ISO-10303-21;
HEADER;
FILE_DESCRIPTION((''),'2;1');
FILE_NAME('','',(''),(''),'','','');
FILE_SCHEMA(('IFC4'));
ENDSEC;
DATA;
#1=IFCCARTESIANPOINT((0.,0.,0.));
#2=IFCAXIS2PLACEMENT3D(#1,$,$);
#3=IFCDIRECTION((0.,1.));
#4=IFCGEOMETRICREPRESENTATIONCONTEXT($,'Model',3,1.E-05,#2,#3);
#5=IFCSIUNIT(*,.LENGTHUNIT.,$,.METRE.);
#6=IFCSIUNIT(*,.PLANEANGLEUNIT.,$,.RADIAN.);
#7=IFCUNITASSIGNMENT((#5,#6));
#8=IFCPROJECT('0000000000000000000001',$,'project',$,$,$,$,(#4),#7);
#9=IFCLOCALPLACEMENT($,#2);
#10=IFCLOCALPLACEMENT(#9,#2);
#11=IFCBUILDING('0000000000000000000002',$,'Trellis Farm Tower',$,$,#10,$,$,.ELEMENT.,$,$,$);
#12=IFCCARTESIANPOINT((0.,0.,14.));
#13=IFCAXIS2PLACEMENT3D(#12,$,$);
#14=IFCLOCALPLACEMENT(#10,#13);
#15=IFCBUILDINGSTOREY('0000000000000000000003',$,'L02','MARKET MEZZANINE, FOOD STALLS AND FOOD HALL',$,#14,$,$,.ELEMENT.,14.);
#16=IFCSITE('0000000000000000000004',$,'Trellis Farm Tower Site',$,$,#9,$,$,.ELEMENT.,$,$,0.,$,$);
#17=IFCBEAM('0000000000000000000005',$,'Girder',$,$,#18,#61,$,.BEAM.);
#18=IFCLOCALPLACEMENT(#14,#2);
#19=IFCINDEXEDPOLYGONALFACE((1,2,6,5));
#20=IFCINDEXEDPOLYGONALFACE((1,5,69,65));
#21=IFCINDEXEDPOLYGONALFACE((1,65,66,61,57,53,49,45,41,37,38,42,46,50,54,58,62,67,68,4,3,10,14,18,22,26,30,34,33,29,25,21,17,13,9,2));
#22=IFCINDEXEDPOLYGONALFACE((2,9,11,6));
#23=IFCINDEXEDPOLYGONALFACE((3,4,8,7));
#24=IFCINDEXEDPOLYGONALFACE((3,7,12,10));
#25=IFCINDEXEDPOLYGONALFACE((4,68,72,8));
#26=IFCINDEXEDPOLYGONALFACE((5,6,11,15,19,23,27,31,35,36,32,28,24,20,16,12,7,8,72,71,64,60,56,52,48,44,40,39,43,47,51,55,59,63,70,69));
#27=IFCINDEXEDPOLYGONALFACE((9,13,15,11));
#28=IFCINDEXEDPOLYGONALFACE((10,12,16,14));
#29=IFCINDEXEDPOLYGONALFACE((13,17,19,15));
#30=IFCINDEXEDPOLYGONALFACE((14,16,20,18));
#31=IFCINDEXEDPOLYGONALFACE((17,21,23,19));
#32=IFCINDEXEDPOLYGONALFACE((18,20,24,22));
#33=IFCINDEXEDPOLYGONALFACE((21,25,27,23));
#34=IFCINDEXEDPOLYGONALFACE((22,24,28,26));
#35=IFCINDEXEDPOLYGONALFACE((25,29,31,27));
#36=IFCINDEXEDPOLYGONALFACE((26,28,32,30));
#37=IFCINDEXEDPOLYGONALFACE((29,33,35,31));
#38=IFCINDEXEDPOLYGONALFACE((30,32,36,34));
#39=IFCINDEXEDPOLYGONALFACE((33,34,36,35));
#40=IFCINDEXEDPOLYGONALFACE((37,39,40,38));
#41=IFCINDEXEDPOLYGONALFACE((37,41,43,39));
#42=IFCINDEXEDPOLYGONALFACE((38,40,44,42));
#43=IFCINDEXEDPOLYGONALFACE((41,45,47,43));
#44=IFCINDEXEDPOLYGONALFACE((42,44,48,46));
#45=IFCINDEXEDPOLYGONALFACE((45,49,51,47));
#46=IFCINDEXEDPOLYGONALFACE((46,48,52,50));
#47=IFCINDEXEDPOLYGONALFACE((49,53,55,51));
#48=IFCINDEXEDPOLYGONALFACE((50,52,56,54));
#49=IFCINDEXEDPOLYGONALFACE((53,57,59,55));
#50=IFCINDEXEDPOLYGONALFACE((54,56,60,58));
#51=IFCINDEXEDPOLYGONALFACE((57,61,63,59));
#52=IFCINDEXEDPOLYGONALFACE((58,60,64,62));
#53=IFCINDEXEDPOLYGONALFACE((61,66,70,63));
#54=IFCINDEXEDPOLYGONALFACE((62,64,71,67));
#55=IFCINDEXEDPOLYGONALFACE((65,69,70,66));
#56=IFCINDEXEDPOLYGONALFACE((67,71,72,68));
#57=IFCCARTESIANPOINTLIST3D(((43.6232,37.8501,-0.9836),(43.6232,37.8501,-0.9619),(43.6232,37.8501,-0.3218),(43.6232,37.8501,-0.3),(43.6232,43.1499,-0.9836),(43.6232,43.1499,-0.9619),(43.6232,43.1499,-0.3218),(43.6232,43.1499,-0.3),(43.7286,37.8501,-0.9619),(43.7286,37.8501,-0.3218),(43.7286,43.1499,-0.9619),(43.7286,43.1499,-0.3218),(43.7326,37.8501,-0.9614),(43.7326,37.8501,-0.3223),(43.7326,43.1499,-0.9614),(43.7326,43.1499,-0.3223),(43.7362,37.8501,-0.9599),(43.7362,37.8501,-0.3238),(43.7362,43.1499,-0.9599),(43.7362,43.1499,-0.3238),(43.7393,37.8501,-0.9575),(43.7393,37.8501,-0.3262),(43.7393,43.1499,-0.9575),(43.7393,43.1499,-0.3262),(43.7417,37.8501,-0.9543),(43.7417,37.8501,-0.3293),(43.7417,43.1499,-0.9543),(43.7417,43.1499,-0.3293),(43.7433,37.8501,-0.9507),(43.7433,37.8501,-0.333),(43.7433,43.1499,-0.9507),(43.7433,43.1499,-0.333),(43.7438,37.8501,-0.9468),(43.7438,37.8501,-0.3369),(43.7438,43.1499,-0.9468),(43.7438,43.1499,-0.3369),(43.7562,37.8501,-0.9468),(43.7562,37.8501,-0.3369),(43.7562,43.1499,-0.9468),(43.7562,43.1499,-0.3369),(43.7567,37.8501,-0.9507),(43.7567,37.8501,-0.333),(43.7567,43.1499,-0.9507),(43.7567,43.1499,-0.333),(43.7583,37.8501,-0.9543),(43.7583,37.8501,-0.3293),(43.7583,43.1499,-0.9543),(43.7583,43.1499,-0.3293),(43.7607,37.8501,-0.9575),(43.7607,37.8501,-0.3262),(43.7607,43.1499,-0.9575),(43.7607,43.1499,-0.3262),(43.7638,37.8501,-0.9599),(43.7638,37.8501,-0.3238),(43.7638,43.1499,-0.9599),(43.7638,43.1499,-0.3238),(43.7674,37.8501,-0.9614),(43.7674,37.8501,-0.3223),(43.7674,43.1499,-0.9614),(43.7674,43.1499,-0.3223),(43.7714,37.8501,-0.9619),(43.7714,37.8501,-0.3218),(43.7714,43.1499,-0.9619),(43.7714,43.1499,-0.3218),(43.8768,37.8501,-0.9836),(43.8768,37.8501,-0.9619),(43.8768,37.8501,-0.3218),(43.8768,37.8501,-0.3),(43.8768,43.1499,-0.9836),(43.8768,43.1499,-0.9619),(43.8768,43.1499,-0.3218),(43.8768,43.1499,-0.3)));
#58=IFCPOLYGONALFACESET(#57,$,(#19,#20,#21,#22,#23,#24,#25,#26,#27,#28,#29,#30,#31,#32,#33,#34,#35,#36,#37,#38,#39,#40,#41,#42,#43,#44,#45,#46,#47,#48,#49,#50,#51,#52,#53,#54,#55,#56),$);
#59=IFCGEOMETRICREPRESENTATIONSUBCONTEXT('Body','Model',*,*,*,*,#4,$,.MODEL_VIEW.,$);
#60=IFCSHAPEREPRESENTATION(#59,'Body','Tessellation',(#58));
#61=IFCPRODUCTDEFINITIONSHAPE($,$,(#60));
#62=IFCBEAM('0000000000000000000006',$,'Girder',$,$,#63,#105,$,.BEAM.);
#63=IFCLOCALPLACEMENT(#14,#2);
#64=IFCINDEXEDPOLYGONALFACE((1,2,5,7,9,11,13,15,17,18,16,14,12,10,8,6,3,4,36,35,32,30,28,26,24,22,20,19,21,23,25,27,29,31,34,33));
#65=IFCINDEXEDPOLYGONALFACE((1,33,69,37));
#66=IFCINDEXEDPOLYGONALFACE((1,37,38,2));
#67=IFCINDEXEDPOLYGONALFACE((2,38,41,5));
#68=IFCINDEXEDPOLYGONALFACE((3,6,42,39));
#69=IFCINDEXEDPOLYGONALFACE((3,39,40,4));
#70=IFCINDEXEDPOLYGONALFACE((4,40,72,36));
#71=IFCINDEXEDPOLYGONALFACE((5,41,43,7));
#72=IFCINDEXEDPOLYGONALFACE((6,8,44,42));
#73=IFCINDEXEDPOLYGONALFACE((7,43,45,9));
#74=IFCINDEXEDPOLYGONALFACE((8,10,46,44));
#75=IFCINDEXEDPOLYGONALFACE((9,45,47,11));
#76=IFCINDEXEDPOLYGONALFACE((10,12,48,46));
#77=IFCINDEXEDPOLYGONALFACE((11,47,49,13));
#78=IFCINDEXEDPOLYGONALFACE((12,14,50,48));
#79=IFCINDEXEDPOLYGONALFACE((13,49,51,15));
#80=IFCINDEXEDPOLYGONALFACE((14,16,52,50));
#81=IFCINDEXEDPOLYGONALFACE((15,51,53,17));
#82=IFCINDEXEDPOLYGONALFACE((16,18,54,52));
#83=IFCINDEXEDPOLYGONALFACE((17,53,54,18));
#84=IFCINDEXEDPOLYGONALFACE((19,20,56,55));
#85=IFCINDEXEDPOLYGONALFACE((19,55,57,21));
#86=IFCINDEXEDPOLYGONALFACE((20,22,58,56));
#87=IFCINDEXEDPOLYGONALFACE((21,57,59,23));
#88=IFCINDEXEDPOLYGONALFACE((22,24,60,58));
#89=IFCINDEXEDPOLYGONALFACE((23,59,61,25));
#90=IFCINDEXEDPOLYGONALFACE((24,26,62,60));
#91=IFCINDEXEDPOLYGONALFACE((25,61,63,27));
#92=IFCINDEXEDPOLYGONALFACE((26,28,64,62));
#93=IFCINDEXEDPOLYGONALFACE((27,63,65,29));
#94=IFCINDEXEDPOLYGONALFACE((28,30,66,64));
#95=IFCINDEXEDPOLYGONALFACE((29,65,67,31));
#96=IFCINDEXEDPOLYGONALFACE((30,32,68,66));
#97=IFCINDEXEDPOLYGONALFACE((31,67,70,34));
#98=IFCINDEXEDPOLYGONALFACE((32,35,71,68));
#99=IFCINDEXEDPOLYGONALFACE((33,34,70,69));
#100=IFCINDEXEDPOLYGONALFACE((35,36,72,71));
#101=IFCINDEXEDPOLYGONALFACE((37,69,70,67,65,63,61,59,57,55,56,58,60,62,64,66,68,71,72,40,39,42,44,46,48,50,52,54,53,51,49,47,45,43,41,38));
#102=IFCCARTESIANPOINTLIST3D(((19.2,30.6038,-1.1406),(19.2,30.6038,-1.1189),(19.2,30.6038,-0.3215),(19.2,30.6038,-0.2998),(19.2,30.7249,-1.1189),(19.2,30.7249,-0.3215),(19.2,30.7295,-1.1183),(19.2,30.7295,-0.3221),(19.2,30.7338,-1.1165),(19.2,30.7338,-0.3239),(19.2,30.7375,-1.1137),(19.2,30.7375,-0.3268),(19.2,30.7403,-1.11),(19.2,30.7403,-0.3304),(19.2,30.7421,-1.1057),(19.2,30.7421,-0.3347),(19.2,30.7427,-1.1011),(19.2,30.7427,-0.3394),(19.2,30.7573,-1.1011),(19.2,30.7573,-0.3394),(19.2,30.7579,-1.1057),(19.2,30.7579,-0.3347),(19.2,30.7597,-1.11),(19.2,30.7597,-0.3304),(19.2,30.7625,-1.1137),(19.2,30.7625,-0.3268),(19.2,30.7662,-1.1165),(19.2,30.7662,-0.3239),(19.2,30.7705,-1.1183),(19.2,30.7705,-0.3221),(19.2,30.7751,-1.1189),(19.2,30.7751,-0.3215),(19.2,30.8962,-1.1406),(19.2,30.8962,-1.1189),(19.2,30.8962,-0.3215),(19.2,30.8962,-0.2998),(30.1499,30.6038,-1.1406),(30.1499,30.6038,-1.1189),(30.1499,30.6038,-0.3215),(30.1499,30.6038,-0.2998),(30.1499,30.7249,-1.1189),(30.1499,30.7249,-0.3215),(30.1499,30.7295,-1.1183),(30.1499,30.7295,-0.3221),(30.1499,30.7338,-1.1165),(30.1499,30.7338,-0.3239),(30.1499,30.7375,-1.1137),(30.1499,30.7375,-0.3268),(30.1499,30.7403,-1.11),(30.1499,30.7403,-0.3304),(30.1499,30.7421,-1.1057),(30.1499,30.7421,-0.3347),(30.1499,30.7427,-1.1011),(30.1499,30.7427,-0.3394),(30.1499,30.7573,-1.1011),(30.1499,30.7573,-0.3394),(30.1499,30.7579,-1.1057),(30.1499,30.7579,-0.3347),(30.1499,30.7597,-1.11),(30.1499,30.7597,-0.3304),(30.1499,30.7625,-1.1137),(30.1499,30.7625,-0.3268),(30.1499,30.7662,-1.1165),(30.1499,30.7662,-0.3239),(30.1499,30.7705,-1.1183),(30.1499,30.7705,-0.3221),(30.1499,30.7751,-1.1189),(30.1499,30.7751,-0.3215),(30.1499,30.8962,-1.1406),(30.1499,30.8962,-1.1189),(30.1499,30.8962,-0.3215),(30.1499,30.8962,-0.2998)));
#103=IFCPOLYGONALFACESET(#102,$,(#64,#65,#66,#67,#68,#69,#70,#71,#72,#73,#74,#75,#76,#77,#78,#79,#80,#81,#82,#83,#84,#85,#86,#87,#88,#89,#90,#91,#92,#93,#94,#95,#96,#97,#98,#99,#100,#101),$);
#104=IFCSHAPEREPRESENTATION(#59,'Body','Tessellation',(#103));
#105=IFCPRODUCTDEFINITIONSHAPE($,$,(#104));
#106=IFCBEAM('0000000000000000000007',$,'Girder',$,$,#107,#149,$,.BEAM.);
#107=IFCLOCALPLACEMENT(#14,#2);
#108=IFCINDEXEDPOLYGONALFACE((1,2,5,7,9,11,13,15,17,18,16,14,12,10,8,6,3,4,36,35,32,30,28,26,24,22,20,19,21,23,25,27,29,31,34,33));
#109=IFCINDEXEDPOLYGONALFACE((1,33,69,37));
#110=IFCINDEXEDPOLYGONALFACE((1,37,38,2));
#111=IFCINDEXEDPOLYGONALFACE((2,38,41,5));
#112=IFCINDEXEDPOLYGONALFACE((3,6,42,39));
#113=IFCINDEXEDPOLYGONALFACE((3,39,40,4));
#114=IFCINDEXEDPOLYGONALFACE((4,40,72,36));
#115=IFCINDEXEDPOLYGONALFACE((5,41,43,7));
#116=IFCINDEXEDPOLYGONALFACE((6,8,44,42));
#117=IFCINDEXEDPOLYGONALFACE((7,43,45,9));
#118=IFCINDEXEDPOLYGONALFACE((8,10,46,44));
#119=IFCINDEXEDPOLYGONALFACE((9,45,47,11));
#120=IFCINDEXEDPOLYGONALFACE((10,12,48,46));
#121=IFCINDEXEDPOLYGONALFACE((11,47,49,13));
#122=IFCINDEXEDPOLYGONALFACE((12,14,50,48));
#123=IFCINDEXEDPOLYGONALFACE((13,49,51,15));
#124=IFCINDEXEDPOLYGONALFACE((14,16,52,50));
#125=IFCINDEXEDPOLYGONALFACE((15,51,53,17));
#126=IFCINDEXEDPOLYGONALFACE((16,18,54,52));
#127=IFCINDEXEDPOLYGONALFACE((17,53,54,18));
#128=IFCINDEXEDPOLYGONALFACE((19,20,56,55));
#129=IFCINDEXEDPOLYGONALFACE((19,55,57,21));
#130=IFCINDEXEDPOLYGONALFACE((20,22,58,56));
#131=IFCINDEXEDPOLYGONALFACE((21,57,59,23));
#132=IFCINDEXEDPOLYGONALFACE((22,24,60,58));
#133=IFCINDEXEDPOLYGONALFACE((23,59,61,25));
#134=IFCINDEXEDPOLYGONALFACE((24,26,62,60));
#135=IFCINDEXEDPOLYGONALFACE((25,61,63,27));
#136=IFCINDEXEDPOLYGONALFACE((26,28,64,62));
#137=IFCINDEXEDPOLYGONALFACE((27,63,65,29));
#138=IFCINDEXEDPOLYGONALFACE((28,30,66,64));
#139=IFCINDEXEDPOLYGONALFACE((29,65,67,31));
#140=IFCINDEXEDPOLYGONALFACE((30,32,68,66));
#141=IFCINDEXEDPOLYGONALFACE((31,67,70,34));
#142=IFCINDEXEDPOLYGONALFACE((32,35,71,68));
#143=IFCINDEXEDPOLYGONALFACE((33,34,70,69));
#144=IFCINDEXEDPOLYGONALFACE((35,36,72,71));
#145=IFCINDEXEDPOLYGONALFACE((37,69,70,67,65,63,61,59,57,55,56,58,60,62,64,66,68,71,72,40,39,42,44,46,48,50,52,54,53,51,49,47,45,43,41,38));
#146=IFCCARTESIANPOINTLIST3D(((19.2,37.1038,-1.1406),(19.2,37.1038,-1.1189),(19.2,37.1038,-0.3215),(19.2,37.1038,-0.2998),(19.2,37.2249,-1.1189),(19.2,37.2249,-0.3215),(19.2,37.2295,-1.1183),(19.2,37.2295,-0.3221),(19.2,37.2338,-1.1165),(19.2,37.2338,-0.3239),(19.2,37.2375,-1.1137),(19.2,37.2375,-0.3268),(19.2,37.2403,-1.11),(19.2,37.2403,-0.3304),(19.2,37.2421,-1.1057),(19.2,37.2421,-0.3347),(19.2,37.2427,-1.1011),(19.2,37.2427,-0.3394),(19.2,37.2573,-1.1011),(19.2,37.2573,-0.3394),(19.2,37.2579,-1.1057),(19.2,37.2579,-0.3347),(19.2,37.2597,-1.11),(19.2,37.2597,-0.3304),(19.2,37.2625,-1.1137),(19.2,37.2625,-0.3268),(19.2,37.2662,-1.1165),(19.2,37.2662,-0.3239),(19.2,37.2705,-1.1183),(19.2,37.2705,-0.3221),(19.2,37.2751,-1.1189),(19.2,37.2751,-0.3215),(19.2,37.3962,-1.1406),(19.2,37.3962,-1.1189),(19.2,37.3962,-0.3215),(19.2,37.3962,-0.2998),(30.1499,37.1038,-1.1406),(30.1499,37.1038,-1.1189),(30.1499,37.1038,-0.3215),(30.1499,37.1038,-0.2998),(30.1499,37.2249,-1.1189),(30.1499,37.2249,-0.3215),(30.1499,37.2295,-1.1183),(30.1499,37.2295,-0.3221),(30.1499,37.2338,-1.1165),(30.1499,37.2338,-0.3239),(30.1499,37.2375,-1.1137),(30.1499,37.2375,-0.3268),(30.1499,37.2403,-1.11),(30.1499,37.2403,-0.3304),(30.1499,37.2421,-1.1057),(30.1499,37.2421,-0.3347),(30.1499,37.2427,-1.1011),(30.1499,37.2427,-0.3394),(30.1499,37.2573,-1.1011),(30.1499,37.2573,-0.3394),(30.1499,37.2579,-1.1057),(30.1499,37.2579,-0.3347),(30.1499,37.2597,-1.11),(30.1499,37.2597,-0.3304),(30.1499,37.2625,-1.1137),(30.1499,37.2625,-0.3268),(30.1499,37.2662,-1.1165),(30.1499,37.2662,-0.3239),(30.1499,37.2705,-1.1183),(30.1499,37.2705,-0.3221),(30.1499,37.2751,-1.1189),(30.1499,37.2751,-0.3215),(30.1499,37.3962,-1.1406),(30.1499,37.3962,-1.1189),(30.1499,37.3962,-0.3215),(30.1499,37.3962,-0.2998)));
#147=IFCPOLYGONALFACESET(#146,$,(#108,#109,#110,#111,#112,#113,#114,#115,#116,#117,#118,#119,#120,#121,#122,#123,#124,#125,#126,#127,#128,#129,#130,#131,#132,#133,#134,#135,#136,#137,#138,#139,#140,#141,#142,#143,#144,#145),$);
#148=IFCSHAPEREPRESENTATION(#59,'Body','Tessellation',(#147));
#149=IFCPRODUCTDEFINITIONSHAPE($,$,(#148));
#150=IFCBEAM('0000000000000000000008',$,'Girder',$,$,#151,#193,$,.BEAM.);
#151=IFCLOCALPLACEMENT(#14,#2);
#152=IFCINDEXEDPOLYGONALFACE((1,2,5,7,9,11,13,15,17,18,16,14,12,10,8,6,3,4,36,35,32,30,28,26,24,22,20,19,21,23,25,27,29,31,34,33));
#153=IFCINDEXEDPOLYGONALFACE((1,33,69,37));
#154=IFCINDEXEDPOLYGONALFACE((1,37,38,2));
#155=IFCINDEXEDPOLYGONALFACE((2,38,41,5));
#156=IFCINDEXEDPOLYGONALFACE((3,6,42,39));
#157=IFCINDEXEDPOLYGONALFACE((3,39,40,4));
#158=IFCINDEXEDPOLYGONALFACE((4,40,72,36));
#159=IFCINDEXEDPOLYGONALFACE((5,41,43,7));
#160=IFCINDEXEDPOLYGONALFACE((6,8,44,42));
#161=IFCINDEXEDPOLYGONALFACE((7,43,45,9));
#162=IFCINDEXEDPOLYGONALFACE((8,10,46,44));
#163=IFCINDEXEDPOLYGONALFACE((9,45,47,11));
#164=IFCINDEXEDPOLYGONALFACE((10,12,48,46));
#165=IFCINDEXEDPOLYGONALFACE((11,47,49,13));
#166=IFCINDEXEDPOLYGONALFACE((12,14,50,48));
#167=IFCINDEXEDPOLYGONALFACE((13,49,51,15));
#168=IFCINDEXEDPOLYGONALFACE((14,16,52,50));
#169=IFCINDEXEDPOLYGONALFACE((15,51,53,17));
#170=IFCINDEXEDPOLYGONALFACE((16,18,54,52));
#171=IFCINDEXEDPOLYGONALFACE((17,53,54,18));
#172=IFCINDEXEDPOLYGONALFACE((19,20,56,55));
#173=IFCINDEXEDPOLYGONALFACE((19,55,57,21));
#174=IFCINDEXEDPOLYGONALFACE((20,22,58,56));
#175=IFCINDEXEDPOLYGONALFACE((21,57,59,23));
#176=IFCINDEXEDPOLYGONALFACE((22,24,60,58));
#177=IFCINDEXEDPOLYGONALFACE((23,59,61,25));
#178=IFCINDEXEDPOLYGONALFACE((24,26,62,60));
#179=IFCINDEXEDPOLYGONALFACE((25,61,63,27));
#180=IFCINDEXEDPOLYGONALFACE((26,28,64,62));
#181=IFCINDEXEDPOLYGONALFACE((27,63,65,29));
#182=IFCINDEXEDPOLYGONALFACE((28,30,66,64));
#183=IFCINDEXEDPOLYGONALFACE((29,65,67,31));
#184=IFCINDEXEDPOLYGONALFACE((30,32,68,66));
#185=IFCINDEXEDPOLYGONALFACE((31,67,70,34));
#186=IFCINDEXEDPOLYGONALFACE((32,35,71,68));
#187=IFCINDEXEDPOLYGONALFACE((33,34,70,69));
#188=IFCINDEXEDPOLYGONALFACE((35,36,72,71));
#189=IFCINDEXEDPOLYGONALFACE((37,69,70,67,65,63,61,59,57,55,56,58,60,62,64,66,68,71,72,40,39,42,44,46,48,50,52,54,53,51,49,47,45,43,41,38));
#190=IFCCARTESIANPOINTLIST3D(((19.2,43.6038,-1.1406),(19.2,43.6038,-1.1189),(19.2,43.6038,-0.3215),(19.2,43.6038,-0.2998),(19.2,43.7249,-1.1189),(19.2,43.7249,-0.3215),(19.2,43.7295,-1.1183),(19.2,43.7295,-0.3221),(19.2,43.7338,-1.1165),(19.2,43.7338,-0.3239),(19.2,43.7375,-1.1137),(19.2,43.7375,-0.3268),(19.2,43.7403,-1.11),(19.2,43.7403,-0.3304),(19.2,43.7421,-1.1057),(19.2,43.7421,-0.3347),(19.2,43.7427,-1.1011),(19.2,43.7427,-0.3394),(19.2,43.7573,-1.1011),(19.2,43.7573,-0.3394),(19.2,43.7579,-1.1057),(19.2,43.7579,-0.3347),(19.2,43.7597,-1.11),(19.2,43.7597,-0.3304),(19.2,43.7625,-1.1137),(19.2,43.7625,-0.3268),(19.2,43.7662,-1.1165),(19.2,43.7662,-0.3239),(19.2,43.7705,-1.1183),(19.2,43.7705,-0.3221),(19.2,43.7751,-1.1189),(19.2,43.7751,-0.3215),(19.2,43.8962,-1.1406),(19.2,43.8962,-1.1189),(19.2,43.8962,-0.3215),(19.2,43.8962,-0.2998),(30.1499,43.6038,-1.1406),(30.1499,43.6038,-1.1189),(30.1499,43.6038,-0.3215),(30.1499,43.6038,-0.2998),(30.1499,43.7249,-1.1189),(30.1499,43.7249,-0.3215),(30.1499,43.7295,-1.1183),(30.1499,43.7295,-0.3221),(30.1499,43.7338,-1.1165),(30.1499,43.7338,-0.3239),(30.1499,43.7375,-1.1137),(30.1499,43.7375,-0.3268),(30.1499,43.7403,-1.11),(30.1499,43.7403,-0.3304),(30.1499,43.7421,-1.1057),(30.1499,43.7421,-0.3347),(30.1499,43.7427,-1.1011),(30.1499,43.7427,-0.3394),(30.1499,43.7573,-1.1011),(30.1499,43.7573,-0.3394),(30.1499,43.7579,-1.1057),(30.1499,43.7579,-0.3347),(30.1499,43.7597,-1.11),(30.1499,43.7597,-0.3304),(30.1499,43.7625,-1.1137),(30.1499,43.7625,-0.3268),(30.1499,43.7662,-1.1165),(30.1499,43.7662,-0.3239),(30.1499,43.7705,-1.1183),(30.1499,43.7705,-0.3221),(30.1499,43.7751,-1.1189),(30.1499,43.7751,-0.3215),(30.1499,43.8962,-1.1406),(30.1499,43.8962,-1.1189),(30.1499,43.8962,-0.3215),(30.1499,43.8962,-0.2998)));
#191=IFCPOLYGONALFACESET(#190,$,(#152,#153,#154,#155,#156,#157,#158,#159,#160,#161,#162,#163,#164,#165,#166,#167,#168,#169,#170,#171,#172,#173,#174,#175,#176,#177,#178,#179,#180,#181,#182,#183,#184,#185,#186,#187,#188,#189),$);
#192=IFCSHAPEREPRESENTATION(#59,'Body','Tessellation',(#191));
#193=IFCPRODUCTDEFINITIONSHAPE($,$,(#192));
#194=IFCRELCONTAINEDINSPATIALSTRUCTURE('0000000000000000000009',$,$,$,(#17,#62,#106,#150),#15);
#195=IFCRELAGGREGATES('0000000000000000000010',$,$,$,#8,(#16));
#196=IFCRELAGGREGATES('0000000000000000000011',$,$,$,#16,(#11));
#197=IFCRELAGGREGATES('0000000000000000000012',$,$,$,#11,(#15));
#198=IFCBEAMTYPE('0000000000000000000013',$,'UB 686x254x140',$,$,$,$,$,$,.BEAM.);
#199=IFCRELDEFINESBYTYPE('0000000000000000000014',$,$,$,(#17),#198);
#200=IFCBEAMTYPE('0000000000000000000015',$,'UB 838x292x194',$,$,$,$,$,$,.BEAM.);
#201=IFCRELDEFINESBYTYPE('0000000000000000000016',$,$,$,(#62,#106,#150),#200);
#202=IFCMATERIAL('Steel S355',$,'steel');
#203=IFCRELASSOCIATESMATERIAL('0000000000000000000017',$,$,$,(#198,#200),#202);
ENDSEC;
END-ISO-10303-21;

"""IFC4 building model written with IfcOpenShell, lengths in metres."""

from ifc_helpers import new_model, si_unit, direction, frame, origin, origin_2d, place, context, subcontext, project, spatial, i_section, extrude, source, transform, mapped, material, material_profile, profile_set, type_object, element, save


model = new_model("IFC4")

# Units and contexts
model_context = context("Model", 3, precision=1e-05, world=origin(), true_north=direction((0.0, 1.0)))
body_context = subcontext(model_context, "Body", "Model", "MODEL_VIEW")
ifc_project = project(units=[si_unit("LENGTHUNIT", "METRE"), si_unit("PLANEANGLEUNIT", "RADIAN")], contexts=[model_context])

# Site, building, storey
site_placement = place(None, origin())
site = spatial("IfcSite", under=ifc_project, at=site_placement, Name="Trellis Farm Tower Site", CompositionType="ELEMENT", RefElevation=0.0)
building_placement = place(site_placement, origin())
building = spatial("IfcBuilding", under=site, at=building_placement, Name="Trellis Farm Tower", CompositionType="ELEMENT")
storey_placement = place(building_placement, frame((0.0, 0.0, 14.0)))
storey = spatial("IfcBuildingStorey", under=building, at=storey_placement, Name="L02", Description="MARKET MEZZANINE, FOOD STALLS AND FOOD HALL", CompositionType="ELEMENT", Elevation=14.0)

# Beams
ifc_material_1 = material(Name="Steel S355", Category="steel")
ifc_material_profile_1 = material_profile(ifc_material_1, i_section(OverallWidth=0.2537, OverallDepth=0.6836, WebThickness=0.0125, FlangeThickness=0.0217, FilletRadius=0.0151, at=origin_2d()), Name="UB 686x254x140")
ifc_profile_set_1 = profile_set([ifc_material_profile_1], Name="Steel S355")
beam_type_1 = type_object("IfcBeamType", Name="UB 686x254x140", PredefinedType="BEAM", material=ifc_profile_set_1)
shared_shape_1 = source(origin(), body_context, "Body", "SweptSolid", [
    extrude(i_section(OverallWidth=0.2537, OverallDepth=0.6836, WebThickness=0.0125, FlangeThickness=0.0217, FilletRadius=0.0151, at=origin_2d()), origin(), (0.0, 0.0, 1.0), 5.2998),
])
for number, where, z_axis, x_axis, name in (
    (1, (43.75, 37.8501, -0.6418), (0.0, 1.0, 0.0), (-1.0, 0.0, 0.0), "Girder"),
):
    element("IfcBeam", number, at=place(storey_placement, frame(where, z_axis=z_axis, x_axis=x_axis)), inside=storey, type_object=beam_type_1, Name=name, PredefinedType="BEAM", context=body_context, shape_type="MappedRepresentation", body=[
        mapped(shared_shape_1, transform((0.0, 0.0, 0.0))),
    ])
ifc_material_profile_2 = material_profile(ifc_material_1, i_section(OverallWidth=0.2925, OverallDepth=0.8408, WebThickness=0.0146, FlangeThickness=0.0217, FilletRadius=0.0178, at=origin_2d()), Name="UB 838x292x194")
ifc_profile_set_2 = profile_set([ifc_material_profile_2], Name="Steel S355")
beam_type_2 = type_object("IfcBeamType", Name="UB 838x292x194", PredefinedType="BEAM", material=ifc_profile_set_2)
shared_shape_2 = source(origin(), body_context, "Body", "SweptSolid", [
    extrude(i_section(OverallWidth=0.2925, OverallDepth=0.8408, WebThickness=0.0146, FlangeThickness=0.0217, FilletRadius=0.0178, at=origin_2d()), origin(), (0.0, 0.0, 1.0), 10.95),
])
for number, where, z_axis, x_axis, name in (
    (2, (19.2, 30.75, -0.7202), (1.0, 0.0, 0.0), (0.0, 1.0, 0.0), "Girder"),
    (3, (19.2, 37.25, -0.7202), (1.0, 0.0, 0.0), (0.0, 1.0, 0.0), "Girder"),
    (4, (19.2, 43.75, -0.7202), (1.0, 0.0, 0.0), (0.0, 1.0, 0.0), "Girder"),
):
    element("IfcBeam", number, at=place(storey_placement, frame(where, z_axis=z_axis, x_axis=x_axis)), inside=storey, type_object=beam_type_2, Name=name, PredefinedType="BEAM", context=body_context, shape_type="MappedRepresentation", body=[
        mapped(shared_shape_2, transform((0.0, 0.0, 0.0))),
    ])

save(model, "model.ifc")
